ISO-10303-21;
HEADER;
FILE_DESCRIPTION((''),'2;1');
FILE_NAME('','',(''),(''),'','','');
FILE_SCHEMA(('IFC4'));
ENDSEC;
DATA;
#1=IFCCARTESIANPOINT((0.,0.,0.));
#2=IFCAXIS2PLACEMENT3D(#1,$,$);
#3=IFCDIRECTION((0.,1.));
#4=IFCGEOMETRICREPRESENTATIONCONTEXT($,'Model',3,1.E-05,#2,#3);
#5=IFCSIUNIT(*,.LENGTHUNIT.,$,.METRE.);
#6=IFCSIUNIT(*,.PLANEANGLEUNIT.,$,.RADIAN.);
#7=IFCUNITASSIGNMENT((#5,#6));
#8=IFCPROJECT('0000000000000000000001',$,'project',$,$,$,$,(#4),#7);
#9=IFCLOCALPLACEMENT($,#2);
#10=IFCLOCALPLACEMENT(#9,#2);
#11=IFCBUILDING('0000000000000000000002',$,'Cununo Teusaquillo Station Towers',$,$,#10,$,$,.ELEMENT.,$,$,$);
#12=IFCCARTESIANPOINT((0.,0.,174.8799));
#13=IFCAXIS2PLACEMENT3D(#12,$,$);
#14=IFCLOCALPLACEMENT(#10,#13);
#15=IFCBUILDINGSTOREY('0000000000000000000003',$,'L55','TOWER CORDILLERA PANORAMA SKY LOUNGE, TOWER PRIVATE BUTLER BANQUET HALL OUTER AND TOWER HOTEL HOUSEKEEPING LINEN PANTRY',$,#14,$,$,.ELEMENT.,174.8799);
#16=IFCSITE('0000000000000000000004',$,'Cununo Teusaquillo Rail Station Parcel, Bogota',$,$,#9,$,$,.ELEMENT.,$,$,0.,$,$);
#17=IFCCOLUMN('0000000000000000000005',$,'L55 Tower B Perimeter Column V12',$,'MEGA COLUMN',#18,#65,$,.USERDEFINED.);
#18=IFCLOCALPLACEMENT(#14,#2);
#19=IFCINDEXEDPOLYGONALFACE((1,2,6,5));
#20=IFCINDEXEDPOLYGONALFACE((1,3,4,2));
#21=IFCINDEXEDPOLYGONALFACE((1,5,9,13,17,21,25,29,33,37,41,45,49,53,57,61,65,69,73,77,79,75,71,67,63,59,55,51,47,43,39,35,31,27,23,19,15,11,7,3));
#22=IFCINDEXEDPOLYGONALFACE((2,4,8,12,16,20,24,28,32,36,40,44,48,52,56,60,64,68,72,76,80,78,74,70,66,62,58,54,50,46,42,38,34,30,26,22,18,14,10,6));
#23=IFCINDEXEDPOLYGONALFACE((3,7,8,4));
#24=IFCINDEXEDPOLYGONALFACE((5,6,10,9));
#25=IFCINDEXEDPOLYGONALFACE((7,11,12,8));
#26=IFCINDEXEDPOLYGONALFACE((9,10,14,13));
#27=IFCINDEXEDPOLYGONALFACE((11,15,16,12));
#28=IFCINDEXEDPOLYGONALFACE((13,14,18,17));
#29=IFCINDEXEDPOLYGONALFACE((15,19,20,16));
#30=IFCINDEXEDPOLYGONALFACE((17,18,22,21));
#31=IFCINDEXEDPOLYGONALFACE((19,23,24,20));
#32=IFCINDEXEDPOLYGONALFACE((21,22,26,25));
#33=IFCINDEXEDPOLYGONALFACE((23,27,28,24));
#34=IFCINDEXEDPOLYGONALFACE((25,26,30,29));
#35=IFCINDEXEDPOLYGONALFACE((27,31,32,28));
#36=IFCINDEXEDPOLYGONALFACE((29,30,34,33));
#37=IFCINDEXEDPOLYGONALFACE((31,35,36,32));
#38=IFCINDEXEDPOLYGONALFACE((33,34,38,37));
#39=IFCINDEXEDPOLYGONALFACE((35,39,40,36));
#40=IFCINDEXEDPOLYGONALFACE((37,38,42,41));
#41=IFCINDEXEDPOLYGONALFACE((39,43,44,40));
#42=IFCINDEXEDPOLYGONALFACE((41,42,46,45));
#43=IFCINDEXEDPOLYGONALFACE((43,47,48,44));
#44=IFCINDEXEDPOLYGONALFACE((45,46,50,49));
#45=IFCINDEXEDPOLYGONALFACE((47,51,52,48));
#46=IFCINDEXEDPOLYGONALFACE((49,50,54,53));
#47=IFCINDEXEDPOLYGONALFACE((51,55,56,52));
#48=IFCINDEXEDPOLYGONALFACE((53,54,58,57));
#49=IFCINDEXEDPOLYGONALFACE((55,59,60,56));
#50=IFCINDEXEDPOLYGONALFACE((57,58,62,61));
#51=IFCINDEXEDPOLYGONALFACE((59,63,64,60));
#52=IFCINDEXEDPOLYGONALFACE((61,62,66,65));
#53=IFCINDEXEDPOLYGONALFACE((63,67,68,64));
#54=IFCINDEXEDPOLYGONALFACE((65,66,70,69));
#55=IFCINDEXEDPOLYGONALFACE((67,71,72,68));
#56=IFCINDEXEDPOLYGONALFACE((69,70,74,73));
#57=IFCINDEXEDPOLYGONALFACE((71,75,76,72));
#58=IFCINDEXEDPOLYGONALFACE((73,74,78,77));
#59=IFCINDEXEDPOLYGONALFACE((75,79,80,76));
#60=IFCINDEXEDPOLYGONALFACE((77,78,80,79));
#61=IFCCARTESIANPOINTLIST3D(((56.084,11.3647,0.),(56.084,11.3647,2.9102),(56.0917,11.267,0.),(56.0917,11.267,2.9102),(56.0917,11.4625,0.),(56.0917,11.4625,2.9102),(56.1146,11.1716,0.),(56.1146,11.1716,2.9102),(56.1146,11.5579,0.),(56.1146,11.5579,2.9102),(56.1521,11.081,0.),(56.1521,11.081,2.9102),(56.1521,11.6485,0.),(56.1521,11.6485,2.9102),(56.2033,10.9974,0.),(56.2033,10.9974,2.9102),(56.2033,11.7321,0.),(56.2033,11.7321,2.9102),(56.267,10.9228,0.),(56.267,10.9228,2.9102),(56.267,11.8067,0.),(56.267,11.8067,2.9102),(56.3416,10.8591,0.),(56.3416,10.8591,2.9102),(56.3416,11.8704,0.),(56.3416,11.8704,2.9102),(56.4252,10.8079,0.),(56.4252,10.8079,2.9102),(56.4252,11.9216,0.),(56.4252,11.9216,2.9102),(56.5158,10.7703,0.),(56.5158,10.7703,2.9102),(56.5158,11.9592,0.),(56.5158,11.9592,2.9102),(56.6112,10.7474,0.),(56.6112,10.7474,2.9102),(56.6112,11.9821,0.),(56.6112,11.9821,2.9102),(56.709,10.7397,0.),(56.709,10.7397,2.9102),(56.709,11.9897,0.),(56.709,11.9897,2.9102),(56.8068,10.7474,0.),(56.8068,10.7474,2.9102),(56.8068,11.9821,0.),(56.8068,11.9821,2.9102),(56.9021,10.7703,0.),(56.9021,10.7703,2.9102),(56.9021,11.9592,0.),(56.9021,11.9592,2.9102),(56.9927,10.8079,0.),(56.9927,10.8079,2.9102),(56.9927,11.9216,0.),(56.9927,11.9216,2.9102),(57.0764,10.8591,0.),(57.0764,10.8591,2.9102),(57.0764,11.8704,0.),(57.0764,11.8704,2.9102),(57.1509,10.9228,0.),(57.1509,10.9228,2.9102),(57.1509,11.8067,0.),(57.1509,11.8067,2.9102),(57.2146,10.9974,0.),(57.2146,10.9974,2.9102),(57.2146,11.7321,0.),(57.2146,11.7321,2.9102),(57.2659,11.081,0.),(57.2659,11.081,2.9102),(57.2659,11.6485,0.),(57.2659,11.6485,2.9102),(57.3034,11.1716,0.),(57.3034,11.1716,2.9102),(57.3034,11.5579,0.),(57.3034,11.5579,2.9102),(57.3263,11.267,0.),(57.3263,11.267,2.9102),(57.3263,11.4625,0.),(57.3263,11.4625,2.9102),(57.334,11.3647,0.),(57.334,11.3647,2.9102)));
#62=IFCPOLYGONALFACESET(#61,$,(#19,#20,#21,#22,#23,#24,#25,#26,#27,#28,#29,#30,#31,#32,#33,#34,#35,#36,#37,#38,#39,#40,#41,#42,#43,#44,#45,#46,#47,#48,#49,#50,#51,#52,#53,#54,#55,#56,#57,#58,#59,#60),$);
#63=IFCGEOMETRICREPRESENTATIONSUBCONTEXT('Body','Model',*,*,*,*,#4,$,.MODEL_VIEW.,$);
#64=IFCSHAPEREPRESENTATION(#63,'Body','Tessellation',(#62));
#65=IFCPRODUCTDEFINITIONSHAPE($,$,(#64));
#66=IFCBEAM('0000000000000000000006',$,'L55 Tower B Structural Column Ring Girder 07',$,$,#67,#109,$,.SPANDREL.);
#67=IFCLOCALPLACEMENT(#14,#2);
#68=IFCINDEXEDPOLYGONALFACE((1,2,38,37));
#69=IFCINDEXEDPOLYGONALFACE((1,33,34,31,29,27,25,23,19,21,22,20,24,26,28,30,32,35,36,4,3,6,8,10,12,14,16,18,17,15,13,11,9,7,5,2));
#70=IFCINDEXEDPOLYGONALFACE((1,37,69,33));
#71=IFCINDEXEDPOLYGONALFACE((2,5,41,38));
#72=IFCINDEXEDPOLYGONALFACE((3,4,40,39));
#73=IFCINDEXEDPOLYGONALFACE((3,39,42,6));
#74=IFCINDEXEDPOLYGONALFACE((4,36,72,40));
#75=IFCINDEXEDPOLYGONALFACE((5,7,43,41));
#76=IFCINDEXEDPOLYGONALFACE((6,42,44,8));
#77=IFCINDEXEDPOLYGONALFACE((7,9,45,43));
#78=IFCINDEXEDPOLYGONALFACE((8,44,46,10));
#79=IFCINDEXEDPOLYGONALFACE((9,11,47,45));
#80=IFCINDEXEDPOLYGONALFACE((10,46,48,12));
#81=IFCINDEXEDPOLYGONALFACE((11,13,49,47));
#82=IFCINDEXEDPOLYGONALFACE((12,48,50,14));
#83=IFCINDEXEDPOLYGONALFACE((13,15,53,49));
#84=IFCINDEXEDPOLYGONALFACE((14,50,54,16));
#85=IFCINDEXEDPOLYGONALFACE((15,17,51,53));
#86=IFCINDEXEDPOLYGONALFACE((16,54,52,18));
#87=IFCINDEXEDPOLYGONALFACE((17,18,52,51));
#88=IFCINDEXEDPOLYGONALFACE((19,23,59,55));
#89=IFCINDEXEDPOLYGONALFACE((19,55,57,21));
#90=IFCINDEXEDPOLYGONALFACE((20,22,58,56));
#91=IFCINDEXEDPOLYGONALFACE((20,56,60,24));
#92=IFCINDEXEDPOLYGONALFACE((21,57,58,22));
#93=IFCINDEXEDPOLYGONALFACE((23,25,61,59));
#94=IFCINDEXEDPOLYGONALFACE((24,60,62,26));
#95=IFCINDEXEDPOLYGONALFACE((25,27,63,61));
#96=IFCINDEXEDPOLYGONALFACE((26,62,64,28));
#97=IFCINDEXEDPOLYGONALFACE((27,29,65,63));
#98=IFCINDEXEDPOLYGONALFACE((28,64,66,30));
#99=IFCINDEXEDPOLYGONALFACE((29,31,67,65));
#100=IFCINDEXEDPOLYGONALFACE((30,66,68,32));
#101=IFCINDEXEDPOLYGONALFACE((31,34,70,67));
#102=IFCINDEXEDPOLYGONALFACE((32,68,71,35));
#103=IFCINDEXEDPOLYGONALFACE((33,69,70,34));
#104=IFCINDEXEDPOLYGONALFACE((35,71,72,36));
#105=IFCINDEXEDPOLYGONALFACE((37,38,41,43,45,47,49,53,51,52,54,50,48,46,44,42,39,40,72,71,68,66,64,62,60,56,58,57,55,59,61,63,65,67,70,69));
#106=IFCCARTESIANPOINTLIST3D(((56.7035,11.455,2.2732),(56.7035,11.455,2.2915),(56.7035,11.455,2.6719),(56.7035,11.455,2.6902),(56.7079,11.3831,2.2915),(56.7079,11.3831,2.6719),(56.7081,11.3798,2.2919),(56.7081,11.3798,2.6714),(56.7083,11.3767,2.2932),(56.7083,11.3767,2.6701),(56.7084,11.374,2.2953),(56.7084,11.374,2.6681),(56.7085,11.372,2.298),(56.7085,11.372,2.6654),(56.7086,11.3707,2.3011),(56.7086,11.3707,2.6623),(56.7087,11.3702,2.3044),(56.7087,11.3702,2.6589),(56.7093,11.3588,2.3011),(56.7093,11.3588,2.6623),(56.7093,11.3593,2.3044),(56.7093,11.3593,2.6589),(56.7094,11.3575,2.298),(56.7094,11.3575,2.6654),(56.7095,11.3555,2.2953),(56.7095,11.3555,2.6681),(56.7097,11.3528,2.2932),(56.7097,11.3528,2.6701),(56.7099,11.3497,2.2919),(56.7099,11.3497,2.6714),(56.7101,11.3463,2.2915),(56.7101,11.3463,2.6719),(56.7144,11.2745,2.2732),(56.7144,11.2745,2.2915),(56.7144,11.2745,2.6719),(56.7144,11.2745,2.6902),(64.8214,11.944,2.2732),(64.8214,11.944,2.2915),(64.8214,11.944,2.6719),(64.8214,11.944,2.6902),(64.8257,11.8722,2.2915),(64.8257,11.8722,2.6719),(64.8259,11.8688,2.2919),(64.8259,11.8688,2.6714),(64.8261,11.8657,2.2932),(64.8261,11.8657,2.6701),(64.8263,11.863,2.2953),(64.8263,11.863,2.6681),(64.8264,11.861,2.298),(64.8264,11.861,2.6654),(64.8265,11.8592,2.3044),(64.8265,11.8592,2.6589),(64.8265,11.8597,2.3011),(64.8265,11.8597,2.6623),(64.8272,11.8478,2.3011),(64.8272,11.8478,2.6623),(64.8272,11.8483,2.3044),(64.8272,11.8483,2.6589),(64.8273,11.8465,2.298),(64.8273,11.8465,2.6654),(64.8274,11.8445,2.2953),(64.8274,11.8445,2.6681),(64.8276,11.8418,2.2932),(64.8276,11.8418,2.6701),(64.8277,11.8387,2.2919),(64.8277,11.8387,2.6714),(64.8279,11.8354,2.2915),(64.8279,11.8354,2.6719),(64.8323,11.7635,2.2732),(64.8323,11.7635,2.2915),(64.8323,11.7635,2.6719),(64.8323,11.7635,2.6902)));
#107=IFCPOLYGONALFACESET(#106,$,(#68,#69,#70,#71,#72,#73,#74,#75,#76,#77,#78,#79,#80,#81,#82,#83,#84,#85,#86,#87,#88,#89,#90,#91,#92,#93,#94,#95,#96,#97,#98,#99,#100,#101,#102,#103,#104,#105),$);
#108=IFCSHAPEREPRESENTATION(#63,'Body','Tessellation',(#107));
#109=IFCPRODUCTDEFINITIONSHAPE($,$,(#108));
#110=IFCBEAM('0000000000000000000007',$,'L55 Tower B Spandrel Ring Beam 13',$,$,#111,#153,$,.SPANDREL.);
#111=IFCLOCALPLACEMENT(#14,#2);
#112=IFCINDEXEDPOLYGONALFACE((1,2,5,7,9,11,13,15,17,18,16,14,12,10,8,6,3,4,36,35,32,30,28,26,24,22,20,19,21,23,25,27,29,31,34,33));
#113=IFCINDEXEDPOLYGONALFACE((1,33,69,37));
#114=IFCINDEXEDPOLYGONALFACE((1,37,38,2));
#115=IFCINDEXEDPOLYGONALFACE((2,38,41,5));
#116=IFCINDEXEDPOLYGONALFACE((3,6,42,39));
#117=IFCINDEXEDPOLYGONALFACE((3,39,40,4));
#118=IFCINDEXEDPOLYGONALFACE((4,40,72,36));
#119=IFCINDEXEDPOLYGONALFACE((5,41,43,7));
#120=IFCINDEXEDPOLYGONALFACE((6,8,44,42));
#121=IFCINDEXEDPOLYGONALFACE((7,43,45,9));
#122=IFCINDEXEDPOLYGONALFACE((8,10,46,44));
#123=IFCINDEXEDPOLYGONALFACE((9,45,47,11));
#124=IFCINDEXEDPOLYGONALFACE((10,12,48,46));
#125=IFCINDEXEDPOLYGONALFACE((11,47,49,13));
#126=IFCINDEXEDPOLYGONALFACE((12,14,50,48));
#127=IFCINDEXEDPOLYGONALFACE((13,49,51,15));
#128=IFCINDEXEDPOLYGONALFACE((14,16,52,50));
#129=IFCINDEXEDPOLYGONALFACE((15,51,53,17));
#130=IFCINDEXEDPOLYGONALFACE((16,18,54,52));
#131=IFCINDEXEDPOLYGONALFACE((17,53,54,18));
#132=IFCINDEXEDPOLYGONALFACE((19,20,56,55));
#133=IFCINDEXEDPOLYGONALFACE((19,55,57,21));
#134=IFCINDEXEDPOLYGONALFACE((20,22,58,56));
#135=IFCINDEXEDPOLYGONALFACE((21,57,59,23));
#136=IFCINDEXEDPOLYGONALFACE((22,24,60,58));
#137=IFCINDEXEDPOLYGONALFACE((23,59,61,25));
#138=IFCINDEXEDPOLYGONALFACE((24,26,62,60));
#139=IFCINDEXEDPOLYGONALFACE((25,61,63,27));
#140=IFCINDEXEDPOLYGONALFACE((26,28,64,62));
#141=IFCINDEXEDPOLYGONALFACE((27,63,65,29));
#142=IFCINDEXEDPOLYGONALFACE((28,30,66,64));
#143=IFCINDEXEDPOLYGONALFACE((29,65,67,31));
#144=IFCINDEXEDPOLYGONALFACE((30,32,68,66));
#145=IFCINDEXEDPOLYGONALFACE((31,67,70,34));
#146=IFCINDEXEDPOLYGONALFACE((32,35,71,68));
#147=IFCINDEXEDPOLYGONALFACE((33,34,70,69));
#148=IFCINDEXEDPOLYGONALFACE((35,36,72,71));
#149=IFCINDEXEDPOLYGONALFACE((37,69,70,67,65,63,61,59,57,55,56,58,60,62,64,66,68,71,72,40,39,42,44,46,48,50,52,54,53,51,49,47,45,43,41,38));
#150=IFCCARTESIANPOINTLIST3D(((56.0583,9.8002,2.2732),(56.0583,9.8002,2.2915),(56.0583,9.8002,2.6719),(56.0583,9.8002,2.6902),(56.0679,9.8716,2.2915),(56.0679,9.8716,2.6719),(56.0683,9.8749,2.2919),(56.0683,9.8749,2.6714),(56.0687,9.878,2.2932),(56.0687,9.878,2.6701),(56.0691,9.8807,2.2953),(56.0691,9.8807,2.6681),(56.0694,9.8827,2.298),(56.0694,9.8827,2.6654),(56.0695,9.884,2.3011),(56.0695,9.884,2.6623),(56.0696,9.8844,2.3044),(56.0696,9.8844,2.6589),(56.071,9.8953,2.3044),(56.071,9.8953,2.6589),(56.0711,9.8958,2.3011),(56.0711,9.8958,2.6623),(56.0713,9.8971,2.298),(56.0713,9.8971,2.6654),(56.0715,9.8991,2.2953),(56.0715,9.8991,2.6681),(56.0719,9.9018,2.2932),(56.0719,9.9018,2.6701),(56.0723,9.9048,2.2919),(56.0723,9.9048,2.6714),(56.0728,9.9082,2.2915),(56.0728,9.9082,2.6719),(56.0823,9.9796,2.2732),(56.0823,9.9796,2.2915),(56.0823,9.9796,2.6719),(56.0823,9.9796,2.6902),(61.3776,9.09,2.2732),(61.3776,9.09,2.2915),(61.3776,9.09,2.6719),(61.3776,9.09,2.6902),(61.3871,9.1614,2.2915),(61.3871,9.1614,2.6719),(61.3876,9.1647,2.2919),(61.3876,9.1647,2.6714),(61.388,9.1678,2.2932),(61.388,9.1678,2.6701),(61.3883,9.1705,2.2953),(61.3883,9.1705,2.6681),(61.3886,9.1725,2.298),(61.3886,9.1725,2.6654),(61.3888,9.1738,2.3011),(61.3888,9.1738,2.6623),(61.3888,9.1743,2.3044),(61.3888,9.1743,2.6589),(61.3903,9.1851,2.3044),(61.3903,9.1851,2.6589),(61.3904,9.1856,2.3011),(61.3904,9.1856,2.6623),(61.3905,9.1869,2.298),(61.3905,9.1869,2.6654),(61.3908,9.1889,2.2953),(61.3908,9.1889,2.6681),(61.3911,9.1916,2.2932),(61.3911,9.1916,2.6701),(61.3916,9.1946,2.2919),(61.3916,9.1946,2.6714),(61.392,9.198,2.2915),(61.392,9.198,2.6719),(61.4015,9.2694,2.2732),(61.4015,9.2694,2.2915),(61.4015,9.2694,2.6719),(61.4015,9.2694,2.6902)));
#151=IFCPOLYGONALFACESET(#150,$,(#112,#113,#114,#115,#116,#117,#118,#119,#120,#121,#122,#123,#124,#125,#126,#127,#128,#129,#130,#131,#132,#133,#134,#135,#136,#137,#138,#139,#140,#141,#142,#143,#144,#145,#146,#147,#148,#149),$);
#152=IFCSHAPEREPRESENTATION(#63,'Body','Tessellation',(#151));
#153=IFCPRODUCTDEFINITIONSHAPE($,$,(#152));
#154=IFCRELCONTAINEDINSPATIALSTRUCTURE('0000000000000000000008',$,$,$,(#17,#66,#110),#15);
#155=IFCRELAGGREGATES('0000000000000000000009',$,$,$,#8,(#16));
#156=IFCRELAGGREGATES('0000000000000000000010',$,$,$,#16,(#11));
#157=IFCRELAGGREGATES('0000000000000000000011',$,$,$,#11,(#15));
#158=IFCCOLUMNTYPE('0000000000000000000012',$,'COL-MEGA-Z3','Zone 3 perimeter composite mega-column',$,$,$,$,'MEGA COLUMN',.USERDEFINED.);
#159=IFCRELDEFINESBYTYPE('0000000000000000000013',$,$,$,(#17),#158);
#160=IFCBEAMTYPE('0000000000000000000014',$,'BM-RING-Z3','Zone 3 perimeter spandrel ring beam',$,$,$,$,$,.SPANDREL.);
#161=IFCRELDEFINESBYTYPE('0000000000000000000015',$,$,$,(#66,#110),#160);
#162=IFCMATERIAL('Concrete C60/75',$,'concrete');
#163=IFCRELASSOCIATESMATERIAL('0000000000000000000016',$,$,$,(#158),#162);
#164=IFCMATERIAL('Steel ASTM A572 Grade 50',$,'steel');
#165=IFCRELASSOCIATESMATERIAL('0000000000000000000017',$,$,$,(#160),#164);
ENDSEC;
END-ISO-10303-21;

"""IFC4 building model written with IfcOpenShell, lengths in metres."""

from ifc_helpers import new_model, si_unit, direction, frame, origin, origin_2d, place, context, subcontext, project, spatial, circle, i_section, extrude, material, material_profile, profile_set, type_object, element, save


model = new_model("IFC4")

# Units and contexts
model_context = context("Model", 3, precision=1e-05, world=origin(), true_north=direction((0.0, 1.0)))
body_context = subcontext(model_context, "Body", "Model", "MODEL_VIEW")
ifc_project = project(units=[si_unit("LENGTHUNIT", "METRE"), si_unit("PLANEANGLEUNIT", "RADIAN")], contexts=[model_context])

# Site, building, storey
site_placement = place(None, origin())
site = spatial("IfcSite", under=ifc_project, at=site_placement, Name="Cununo Teusaquillo Rail Station Parcel, Bogota", CompositionType="ELEMENT", RefElevation=0.0)
building_placement = place(site_placement, origin())
building = spatial("IfcBuilding", under=site, at=building_placement, Name="Cununo Teusaquillo Station Towers", CompositionType="ELEMENT")
storey_placement = place(building_placement, frame((0.0, 0.0, 174.8799)))
storey = spatial("IfcBuildingStorey", under=building, at=storey_placement, Name="L55", Description="TOWER CORDILLERA PANORAMA SKY LOUNGE, TOWER PRIVATE BUTLER BANQUET HALL OUTER AND TOWER HOTEL HOUSEKEEPING LINEN PANTRY", CompositionType="ELEMENT", Elevation=174.8799)

# Column
ifc_material_1 = material(Name="Concrete C60/75", Category="concrete")
ifc_material_profile_1 = material_profile(ifc_material_1, circle(Radius=0.625, at=origin_2d()), Name="RC-CIRC-1250")
ifc_profile_set_1 = profile_set([ifc_material_profile_1], Name="Concrete C60/75")
column_type = type_object("IfcColumnType", Name="COL-MEGA-Z3", Description="Zone 3 perimeter composite mega-column", ElementType="MEGA COLUMN", PredefinedType="USERDEFINED", material=ifc_profile_set_1)
column_placement = place(storey_placement, frame((56.709, 11.3647, 0.0), z_axis=(0.0, 0.0, 1.0), x_axis=(1.0, 0.0, 0.0)))
element("IfcColumn", 1, at=column_placement, inside=storey, type_object=column_type, Name="L55 Tower B Perimeter Column V12", ObjectType="MEGA COLUMN", PredefinedType="USERDEFINED", context=body_context, shape_type="SweptSolid", body=[
    extrude(circle(Radius=0.625, at=origin_2d()), origin(), (0.0, 0.0, 1.0), 2.9102),
])

# Beams
ifc_material_2 = material(Name="Steel ASTM A572 Grade 50", Category="steel")
ifc_material_profile_2 = material_profile(ifc_material_2, i_section(OverallWidth=0.1809, OverallDepth=0.417, WebThickness=0.011, FlangeThickness=0.0183, FilletRadius=0.0129, at=origin_2d()), Name="W16X57")
ifc_profile_set_2 = profile_set([ifc_material_profile_2], Name="Steel ASTM A572 Grade 50")
beam_type = type_object("IfcBeamType", Name="BM-RING-Z3", Description="Zone 3 perimeter spandrel ring beam", PredefinedType="SPANDREL", material=ifc_profile_set_2)
beam_1_placement = place(storey_placement, frame((56.709, 11.3647, 2.4817), z_axis=(0.998191, 0.06013, 0.0), x_axis=(-0.06013, 0.998191, 0.0)))
element("IfcBeam", 2, at=beam_1_placement, inside=storey, type_object=beam_type, Name="L55 Tower B Structural Column Ring Girder 07", PredefinedType="SPANDREL", context=body_context, shape_type="SweptSolid", body=[
    extrude(i_section(OverallWidth=0.1809, OverallDepth=0.417, WebThickness=0.011, FlangeThickness=0.0183, FilletRadius=0.0129, at=origin_2d()), origin(), (0.0, 0.0, 1.0), 8.1326),
])
beam_2_placement = place(storey_placement, frame((56.0703, 9.8899, 2.4817), z_axis=(0.991204, -0.13234, 0.0), x_axis=(0.13234, 0.991204, 0.0)))
element("IfcBeam", 3, at=beam_2_placement, inside=storey, type_object=beam_type, Name="L55 Tower B Spandrel Ring Beam 13", PredefinedType="SPANDREL", context=body_context, shape_type="SweptSolid", body=[
    extrude(i_section(OverallWidth=0.1809, OverallDepth=0.417, WebThickness=0.011, FlangeThickness=0.0183, FilletRadius=0.0129, at=origin_2d()), origin(), (0.0, 0.0, 1.0), 5.3665),
])

save(model, "model.ifc")
